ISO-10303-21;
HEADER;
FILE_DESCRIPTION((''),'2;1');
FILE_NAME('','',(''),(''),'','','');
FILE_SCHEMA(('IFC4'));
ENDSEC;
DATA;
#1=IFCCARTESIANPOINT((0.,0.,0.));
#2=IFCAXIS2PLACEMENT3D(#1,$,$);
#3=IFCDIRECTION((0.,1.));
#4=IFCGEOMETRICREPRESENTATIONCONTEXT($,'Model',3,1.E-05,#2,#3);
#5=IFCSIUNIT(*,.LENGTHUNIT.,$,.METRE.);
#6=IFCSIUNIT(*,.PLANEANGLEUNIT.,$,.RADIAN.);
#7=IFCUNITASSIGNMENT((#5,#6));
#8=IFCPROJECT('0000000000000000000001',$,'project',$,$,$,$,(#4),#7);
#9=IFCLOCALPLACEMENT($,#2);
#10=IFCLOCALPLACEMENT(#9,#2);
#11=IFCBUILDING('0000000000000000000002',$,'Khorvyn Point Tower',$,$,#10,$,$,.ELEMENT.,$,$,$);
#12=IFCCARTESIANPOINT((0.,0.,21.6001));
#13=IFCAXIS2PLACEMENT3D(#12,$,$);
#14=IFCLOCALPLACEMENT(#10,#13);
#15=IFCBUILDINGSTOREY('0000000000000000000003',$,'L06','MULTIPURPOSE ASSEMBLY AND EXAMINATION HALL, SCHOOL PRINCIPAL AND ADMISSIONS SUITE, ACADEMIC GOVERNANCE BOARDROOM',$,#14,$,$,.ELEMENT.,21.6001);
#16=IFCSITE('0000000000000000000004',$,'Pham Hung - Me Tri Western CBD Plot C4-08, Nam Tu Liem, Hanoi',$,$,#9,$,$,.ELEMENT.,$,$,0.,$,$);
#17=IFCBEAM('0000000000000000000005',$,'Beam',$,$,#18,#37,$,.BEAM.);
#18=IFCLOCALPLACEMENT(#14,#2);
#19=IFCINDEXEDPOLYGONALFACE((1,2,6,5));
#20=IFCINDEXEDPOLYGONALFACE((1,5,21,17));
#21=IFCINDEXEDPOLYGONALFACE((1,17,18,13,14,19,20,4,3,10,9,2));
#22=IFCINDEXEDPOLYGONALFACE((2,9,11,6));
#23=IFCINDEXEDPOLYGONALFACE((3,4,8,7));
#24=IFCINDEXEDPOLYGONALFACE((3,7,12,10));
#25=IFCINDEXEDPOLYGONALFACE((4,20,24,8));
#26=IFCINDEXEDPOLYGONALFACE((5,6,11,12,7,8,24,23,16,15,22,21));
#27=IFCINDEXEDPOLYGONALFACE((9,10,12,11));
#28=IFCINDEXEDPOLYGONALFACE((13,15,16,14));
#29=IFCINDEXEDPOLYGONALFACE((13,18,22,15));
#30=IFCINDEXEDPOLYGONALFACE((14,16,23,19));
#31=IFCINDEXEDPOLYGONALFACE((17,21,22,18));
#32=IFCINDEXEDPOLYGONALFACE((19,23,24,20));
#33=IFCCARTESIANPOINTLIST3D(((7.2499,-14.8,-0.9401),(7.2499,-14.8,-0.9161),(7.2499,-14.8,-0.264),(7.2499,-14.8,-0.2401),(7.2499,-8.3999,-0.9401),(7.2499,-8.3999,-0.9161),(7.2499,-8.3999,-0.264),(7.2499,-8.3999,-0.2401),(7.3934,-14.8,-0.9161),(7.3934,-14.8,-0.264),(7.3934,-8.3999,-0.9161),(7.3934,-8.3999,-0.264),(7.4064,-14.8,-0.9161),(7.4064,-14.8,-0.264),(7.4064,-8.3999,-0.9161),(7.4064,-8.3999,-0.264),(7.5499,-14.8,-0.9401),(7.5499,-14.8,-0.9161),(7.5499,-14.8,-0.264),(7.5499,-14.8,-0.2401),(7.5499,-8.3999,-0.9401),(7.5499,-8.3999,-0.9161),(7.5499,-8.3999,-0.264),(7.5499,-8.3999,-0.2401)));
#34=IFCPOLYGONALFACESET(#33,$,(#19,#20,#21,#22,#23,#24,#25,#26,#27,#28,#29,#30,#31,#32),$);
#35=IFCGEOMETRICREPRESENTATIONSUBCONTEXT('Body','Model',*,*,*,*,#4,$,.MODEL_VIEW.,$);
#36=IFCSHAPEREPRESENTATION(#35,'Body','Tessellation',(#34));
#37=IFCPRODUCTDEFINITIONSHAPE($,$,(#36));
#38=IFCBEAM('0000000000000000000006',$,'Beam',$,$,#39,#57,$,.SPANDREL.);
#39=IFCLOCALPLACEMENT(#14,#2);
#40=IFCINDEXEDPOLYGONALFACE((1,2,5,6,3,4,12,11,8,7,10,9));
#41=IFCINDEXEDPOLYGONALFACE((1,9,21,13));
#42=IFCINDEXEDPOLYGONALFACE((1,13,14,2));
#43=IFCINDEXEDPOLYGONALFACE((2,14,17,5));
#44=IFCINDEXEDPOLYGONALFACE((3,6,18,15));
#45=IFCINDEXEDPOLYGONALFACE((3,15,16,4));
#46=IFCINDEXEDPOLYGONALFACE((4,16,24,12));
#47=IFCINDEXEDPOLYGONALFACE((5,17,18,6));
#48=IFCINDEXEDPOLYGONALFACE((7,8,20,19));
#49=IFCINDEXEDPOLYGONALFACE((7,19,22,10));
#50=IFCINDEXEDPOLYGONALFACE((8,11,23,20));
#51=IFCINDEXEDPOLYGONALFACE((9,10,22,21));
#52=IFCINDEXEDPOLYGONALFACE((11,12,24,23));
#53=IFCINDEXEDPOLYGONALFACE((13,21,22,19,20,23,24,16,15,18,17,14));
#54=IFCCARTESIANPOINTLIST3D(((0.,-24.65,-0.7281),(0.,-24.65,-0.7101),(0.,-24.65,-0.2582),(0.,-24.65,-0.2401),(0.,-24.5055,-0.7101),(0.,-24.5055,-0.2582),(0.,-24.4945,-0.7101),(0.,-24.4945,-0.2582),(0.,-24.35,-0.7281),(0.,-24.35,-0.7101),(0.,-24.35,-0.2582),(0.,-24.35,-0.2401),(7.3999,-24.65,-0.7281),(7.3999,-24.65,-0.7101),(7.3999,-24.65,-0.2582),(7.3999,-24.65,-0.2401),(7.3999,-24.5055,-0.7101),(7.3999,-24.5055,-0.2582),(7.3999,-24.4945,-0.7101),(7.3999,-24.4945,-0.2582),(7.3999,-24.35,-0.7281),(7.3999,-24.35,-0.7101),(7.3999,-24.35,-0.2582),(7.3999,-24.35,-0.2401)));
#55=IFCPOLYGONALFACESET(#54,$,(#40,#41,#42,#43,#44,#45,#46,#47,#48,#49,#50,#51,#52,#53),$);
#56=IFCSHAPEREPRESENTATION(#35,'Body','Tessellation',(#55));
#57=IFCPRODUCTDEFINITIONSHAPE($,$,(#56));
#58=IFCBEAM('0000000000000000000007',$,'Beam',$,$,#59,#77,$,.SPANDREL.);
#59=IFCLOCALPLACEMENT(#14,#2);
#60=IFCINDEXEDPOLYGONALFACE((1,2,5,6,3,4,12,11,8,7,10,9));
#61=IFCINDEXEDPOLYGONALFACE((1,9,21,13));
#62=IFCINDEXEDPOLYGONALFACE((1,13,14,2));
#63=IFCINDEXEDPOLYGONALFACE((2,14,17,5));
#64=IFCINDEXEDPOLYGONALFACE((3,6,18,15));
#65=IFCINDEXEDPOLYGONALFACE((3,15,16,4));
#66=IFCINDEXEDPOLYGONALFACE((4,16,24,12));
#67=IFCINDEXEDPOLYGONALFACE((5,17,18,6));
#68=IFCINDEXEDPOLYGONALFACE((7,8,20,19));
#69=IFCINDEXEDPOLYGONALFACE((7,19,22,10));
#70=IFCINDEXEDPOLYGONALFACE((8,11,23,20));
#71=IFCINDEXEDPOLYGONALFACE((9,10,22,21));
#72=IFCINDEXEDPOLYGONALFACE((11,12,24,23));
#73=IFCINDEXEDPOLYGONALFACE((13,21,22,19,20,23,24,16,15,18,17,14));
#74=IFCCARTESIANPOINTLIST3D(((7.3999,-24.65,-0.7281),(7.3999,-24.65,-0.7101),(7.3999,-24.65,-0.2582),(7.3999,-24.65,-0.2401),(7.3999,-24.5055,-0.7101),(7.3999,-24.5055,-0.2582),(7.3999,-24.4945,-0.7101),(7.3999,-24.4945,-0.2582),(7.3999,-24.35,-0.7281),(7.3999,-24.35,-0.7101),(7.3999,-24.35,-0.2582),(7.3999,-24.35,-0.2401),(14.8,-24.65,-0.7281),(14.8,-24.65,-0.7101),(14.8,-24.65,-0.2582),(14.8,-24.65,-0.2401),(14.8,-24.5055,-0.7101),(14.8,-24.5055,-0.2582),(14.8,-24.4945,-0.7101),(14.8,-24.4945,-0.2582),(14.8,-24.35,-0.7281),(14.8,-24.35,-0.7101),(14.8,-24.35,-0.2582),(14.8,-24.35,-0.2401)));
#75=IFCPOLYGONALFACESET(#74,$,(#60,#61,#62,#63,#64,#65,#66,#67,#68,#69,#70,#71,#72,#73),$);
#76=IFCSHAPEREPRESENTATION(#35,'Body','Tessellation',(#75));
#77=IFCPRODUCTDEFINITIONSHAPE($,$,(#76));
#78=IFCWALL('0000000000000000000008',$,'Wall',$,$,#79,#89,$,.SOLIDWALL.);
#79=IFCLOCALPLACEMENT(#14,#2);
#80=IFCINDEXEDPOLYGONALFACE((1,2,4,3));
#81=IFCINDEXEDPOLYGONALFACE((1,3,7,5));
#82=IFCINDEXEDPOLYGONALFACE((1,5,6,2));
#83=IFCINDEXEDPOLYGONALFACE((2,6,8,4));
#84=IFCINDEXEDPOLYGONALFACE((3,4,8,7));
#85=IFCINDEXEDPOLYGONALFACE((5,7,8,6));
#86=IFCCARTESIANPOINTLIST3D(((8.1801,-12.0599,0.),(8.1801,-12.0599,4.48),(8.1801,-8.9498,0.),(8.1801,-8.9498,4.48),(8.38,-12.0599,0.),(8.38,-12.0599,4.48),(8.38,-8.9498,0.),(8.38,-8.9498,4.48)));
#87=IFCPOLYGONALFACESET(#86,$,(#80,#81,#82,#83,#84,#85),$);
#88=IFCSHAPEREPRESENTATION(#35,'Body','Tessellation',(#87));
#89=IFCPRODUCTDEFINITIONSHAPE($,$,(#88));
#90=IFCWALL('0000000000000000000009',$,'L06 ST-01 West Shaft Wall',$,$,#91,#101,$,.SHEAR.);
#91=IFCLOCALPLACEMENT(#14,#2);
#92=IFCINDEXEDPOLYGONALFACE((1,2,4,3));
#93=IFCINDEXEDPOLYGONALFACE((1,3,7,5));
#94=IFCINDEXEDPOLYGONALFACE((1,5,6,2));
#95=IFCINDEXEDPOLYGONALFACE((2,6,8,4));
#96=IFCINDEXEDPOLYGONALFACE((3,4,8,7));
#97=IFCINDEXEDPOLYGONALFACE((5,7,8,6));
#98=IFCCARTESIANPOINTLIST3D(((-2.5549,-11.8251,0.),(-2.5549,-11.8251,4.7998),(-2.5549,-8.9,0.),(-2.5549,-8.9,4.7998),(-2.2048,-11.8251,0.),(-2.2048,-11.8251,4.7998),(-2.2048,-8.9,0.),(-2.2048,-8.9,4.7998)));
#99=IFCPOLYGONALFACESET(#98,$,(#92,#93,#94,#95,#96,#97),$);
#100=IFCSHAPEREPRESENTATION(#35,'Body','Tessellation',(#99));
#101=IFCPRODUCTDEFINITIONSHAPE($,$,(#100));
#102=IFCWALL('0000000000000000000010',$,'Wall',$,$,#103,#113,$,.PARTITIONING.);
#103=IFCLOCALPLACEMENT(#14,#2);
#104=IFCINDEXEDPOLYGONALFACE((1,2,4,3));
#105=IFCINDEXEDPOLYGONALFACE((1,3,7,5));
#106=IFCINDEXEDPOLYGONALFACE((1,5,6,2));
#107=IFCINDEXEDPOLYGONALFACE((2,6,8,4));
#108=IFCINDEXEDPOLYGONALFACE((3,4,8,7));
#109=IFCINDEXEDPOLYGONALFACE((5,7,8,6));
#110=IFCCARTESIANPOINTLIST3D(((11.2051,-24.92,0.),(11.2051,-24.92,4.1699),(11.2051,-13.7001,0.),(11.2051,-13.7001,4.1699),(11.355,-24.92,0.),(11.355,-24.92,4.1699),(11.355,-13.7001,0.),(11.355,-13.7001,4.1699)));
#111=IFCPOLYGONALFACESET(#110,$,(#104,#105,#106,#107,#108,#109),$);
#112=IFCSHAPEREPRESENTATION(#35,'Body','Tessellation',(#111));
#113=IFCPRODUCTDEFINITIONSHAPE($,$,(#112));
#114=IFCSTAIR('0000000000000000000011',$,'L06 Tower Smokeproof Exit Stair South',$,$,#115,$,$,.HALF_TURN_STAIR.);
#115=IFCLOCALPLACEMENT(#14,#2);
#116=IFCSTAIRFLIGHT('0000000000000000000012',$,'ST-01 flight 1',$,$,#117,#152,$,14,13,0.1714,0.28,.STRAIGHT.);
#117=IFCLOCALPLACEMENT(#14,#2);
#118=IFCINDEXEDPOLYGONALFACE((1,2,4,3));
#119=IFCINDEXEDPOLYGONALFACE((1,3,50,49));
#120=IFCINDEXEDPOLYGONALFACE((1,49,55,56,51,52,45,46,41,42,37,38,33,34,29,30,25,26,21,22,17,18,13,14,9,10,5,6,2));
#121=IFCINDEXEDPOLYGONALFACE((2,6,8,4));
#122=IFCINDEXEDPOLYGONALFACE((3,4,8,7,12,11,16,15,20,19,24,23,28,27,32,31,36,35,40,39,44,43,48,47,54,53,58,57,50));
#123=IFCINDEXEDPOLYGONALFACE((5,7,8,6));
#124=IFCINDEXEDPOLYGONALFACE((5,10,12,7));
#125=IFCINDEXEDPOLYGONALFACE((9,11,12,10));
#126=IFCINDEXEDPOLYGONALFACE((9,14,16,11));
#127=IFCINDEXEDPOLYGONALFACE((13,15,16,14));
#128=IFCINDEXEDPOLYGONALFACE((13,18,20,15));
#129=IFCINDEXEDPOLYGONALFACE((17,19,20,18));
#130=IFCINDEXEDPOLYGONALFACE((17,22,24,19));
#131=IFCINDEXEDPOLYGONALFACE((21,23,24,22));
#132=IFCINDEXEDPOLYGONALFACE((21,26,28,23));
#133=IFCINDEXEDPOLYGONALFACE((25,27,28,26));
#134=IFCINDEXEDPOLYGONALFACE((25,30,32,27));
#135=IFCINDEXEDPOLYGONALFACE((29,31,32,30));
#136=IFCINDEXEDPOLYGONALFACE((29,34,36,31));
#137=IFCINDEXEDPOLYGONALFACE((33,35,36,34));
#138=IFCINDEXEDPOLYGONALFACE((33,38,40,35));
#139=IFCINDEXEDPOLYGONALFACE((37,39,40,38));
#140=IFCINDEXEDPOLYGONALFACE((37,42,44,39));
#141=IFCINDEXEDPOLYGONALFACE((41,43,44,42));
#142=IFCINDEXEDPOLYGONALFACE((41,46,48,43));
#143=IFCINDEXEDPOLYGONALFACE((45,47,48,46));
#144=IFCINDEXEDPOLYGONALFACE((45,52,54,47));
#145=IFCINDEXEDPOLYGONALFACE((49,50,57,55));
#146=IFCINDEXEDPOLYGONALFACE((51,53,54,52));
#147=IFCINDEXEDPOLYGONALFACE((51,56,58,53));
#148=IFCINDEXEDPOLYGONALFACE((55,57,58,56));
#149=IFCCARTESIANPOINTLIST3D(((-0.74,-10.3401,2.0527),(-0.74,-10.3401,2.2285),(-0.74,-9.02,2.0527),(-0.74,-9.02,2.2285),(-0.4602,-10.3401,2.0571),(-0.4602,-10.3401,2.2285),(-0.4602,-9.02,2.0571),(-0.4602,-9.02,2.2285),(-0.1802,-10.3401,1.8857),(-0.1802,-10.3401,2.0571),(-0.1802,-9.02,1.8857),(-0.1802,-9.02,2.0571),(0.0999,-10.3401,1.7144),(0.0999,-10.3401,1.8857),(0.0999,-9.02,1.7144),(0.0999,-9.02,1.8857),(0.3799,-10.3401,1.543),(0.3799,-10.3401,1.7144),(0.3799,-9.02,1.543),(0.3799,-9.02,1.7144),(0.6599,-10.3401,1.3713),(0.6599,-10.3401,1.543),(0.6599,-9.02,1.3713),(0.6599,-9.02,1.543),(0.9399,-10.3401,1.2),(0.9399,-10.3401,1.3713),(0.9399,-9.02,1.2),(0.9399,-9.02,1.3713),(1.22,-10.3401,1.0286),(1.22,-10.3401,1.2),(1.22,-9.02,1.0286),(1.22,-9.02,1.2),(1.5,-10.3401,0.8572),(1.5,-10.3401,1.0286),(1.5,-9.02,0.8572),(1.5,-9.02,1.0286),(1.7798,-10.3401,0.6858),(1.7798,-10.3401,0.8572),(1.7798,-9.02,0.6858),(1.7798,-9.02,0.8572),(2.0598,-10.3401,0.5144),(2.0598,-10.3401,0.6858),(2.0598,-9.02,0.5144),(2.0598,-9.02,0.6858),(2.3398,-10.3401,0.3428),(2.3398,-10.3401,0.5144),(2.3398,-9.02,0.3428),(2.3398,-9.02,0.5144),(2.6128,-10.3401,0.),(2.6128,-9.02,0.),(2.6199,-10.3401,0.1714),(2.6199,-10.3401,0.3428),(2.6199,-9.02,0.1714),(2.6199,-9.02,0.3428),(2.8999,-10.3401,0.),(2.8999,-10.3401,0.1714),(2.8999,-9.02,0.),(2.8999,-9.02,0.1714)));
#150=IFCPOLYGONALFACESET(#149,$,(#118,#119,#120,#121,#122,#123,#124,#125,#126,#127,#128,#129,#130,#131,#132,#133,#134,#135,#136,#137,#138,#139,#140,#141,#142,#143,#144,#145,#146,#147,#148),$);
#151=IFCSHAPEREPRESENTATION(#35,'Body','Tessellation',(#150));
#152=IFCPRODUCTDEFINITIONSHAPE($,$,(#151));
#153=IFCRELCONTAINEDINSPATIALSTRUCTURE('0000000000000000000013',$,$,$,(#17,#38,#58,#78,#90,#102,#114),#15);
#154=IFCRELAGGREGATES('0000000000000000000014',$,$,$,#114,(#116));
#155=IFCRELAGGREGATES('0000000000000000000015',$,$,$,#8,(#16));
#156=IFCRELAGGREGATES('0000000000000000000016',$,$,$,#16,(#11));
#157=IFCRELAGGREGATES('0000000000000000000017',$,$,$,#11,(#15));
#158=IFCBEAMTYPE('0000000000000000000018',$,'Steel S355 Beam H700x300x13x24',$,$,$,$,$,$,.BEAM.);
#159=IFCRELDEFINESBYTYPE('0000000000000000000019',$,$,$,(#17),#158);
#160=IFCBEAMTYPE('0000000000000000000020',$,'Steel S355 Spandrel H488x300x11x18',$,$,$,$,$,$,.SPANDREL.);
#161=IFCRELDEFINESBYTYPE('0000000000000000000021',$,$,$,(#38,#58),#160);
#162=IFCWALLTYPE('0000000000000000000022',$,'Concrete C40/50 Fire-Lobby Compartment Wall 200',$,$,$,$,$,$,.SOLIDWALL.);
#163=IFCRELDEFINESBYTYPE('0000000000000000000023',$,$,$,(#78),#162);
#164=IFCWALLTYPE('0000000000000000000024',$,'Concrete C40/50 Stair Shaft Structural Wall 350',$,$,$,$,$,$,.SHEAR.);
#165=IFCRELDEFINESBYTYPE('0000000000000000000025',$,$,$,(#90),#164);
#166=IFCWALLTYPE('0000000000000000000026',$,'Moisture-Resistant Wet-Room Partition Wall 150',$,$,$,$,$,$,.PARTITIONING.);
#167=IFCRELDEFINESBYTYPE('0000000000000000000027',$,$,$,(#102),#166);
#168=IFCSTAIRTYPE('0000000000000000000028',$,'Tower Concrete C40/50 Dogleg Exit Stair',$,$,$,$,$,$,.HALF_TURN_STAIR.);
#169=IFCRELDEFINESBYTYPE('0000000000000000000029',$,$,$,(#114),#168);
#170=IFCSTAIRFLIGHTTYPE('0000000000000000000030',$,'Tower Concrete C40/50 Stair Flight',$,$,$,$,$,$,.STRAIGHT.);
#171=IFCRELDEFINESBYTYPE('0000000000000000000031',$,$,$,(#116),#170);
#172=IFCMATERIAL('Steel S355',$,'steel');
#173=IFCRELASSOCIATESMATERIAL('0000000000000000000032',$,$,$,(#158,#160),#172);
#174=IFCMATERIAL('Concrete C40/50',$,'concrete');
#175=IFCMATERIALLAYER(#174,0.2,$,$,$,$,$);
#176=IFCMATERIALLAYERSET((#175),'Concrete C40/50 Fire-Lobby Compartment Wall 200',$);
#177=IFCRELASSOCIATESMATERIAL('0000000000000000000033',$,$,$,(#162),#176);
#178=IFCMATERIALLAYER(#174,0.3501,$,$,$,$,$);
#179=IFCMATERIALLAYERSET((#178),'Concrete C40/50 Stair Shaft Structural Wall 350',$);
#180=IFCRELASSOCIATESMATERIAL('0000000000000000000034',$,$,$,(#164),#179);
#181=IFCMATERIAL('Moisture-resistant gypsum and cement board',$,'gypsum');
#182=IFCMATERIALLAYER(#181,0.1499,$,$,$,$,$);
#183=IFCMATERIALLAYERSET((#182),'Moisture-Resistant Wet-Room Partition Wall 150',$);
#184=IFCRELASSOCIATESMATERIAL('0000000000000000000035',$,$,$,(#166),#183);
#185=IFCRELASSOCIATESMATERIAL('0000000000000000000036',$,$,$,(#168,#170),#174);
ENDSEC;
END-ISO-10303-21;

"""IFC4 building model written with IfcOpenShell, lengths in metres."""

from ifc_helpers import new_model, si_unit, direction, frame, frame_2d, origin, origin_2d, place, context, subcontext, project, spatial, polyline, rectangle, i_section, outline, extrude, material, layer, layer_set, material_profile, profile_set, type_object, element, aggregate, save


model = new_model("IFC4")

# Units and contexts
model_context = context("Model", 3, precision=1e-05, world=origin(), true_north=direction((0.0, 1.0)))
body_context = subcontext(model_context, "Body", "Model", "MODEL_VIEW")
ifc_project = project(units=[si_unit("LENGTHUNIT", "METRE"), si_unit("PLANEANGLEUNIT", "RADIAN")], contexts=[model_context])

# Site, building, storey
site_placement = place(None, origin())
site = spatial("IfcSite", under=ifc_project, at=site_placement, Name="Pham Hung - Me Tri Western CBD Plot C4-08, Nam Tu Liem, Hanoi", CompositionType="ELEMENT", RefElevation=0.0)
building_placement = place(site_placement, origin())
building = spatial("IfcBuilding", under=site, at=building_placement, Name="Khorvyn Point Tower", CompositionType="ELEMENT")
storey_placement = place(building_placement, frame((0.0, 0.0, 21.6001)))
storey = spatial("IfcBuildingStorey", under=building, at=storey_placement, Name="L06", Description="MULTIPURPOSE ASSEMBLY AND EXAMINATION HALL, SCHOOL PRINCIPAL AND ADMISSIONS SUITE, ACADEMIC GOVERNANCE BOARDROOM", CompositionType="ELEMENT", Elevation=21.6001)

# Shared definitions
ifc_material_1 = material(Name="Concrete C40/50", Category="concrete")

# Beams
ifc_material_2 = material(Name="Steel S355", Category="steel")
ifc_material_profile_1 = material_profile(ifc_material_2, i_section(OverallWidth=0.3, OverallDepth=0.7, WebThickness=0.0129, FlangeThickness=0.0239, at=origin_2d()))
ifc_profile_set_1 = profile_set([ifc_material_profile_1], Name="Steel S355 H700x300x13x24")
beam_type_1 = type_object("IfcBeamType", Name="Steel S355 Beam H700x300x13x24", PredefinedType="BEAM", material=ifc_profile_set_1)
beam_1_placement = place(storey_placement, frame((7.3999, -14.8, -0.5901), z_axis=(0.0, 1.0, 0.0), x_axis=(-1.0, 0.0, 0.0)))
element("IfcBeam", 1, at=beam_1_placement, inside=storey, type_object=beam_type_1, Name="Beam", PredefinedType="BEAM", context=body_context, shape_type="SweptSolid", body=[
    extrude(i_section(OverallWidth=0.3, OverallDepth=0.7, WebThickness=0.0129, FlangeThickness=0.0239, at=origin_2d()), origin(), (0.0, 0.0, 1.0), 6.4001),
])
ifc_material_profile_2 = material_profile(ifc_material_2, i_section(OverallWidth=0.3, OverallDepth=0.488, WebThickness=0.011, FlangeThickness=0.0181, at=origin_2d()))
ifc_profile_set_2 = profile_set([ifc_material_profile_2], Name="Steel S355 H488x300x11x18")
beam_type_2 = type_object("IfcBeamType", Name="Steel S355 Spandrel H488x300x11x18", PredefinedType="SPANDREL", material=ifc_profile_set_2)
beam_2_placement = place(storey_placement, frame((0.0, -24.5, -0.4841), z_axis=(1.0, 0.0, 0.0), x_axis=(0.0, 1.0, 0.0)))
element("IfcBeam", 2, at=beam_2_placement, inside=storey, type_object=beam_type_2, Name="Beam", PredefinedType="SPANDREL", context=body_context, shape_type="SweptSolid", body=[
    extrude(i_section(OverallWidth=0.3, OverallDepth=0.488, WebThickness=0.011, FlangeThickness=0.0181, at=origin_2d()), origin(), (0.0, 0.0, 1.0), 7.3999),
])
beam_3_placement = place(storey_placement, frame((7.3999, -24.5, -0.4841), z_axis=(1.0, 0.0, 0.0), x_axis=(0.0, 1.0, 0.0)))
element("IfcBeam", 3, at=beam_3_placement, inside=storey, type_object=beam_type_2, Name="Beam", PredefinedType="SPANDREL", context=body_context, shape_type="SweptSolid", body=[
    extrude(i_section(OverallWidth=0.3, OverallDepth=0.488, WebThickness=0.011, FlangeThickness=0.0181, at=origin_2d()), origin(), (0.0, 0.0, 1.0), 7.4001),
])

# Shared definitions
ifc_layer_1 = layer(ifc_material_1, 0.2)
ifc_layer_set_1 = layer_set([ifc_layer_1], Name="Concrete C40/50 Fire-Lobby Compartment Wall 200")
wall_type_1 = type_object("IfcWallType", Name="Concrete C40/50 Fire-Lobby Compartment Wall 200", PredefinedType="SOLIDWALL", material=ifc_layer_set_1)

# Walls
wall_1_placement = place(storey_placement, frame((8.28, -12.0601, 0.0), z_axis=(0.0, 0.0, 1.0), x_axis=(0.0, 1.0, 0.0)))
element("IfcWall", 4, at=wall_1_placement, inside=storey, type_object=wall_type_1, Name="Wall", PredefinedType="SOLIDWALL", context=body_context, shape_type="SweptSolid", body=[
    extrude(rectangle(XDim=3.1101, YDim=0.2, at=frame_2d((1.5552, 0.0))), origin(), (0.0, 0.0, 1.0), 4.48),
])
ifc_layer_2 = layer(ifc_material_1, 0.3501)
ifc_layer_set_2 = layer_set([ifc_layer_2], Name="Concrete C40/50 Stair Shaft Structural Wall 350")
wall_type_2 = type_object("IfcWallType", Name="Concrete C40/50 Stair Shaft Structural Wall 350", PredefinedType="SHEAR", material=ifc_layer_set_2)
wall_2_placement = place(storey_placement, frame((-2.3799, -11.825, 0.0), z_axis=(0.0, 0.0, 1.0), x_axis=(0.0, 1.0, 0.0)))
element("IfcWall", 5, at=wall_2_placement, inside=storey, type_object=wall_type_2, Name="L06 ST-01 West Shaft Wall", PredefinedType="SHEAR", context=body_context, shape_type="SweptSolid", body=[
    extrude(rectangle(XDim=2.925, YDim=0.3501, at=frame_2d((1.4624, 0.0))), origin(), (0.0, 0.0, 1.0), 4.7998),
])
ifc_material_3 = material(Name="Moisture-resistant gypsum and cement board", Category="gypsum")
ifc_layer_3 = layer(ifc_material_3, 0.1499)
ifc_layer_set_3 = layer_set([ifc_layer_3], Name="Moisture-Resistant Wet-Room Partition Wall 150")
wall_type_3 = type_object("IfcWallType", Name="Moisture-Resistant Wet-Room Partition Wall 150", PredefinedType="PARTITIONING", material=ifc_layer_set_3)
wall_3_placement = place(storey_placement, frame((11.28, -24.9199, 0.0), z_axis=(0.0, 0.0, 1.0), x_axis=(0.0, 1.0, 0.0)))
element("IfcWall", 6, at=wall_3_placement, inside=storey, type_object=wall_type_3, Name="Wall", PredefinedType="PARTITIONING", context=body_context, shape_type="SweptSolid", body=[
    extrude(rectangle(XDim=11.22, YDim=0.1499, at=frame_2d((5.6099, 0.0))), origin(), (0.0, 0.0, 1.0), 4.1699),
])

# Stair, stair flight
stair_type = type_object("IfcStairType", Name="Tower Concrete C40/50 Dogleg Exit Stair", PredefinedType="HALF_TURN_STAIR", material=ifc_material_1)
stair_placement = place(storey_placement, origin())
stair = element("IfcStair", 7, at=stair_placement, inside=storey, type_object=stair_type, Name="L06 Tower Smokeproof Exit Stair South", PredefinedType="HALF_TURN_STAIR")
stair_flight_type = type_object("IfcStairFlightType", Name="Tower Concrete C40/50 Stair Flight", PredefinedType="STRAIGHT", material=ifc_material_1)
stair_flight_1_placement = place(storey_placement, frame((2.8999, -9.6799, 0.0), z_axis=(0.0, 0.0, 1.0), x_axis=(-1.0, 0.0, 0.0)))
stair_flight_1 = element("IfcStairFlight", 8, at=stair_flight_1_placement, type_object=stair_flight_type, Name="ST-01 flight 1", NumberOfRisers=14, NumberOfTreads=13, PredefinedType="STRAIGHT", RiserHeight=0.1714, TreadLength=0.28, context=body_context, shape_type="SweptSolid", body=[
    extrude(outline(polyline([(0.0, 0.0), (0.0, 0.1714), (0.28, 0.1714), (0.28, 0.3428), (0.5601, 0.3428), (0.5601, 0.5144), (0.8401, 0.5144), (0.8401, 0.6858), (1.1201, 0.6858), (1.1201, 0.8572), (1.3999, 0.8572), (1.3999, 1.0286), (1.6799, 1.0286), (1.6799, 1.2), (1.96, 1.2), (1.96, 1.3713), (2.24, 1.3713), (2.24, 1.543), (2.52, 1.543), (2.52, 1.7144), (2.8, 1.7144), (2.8, 1.8857), (3.0801, 1.8857), (3.0801, 2.0571), (3.3601, 2.0571), (3.3601, 2.2285), (3.6399, 2.2285), (3.6399, 2.3999), (3.6399, 2.0527), (0.2871, 0.0), (0.0, 0.0)])), frame((0.0, 0.6602, 0.0), z_axis=(0.0, -1.0, 0.0), x_axis=(1.0, 0.0, 0.0)), (0.0, 0.0, 1.0), 1.3201),
])
aggregate(stair, [stair_flight_1])

save(model, "model.ifc")
